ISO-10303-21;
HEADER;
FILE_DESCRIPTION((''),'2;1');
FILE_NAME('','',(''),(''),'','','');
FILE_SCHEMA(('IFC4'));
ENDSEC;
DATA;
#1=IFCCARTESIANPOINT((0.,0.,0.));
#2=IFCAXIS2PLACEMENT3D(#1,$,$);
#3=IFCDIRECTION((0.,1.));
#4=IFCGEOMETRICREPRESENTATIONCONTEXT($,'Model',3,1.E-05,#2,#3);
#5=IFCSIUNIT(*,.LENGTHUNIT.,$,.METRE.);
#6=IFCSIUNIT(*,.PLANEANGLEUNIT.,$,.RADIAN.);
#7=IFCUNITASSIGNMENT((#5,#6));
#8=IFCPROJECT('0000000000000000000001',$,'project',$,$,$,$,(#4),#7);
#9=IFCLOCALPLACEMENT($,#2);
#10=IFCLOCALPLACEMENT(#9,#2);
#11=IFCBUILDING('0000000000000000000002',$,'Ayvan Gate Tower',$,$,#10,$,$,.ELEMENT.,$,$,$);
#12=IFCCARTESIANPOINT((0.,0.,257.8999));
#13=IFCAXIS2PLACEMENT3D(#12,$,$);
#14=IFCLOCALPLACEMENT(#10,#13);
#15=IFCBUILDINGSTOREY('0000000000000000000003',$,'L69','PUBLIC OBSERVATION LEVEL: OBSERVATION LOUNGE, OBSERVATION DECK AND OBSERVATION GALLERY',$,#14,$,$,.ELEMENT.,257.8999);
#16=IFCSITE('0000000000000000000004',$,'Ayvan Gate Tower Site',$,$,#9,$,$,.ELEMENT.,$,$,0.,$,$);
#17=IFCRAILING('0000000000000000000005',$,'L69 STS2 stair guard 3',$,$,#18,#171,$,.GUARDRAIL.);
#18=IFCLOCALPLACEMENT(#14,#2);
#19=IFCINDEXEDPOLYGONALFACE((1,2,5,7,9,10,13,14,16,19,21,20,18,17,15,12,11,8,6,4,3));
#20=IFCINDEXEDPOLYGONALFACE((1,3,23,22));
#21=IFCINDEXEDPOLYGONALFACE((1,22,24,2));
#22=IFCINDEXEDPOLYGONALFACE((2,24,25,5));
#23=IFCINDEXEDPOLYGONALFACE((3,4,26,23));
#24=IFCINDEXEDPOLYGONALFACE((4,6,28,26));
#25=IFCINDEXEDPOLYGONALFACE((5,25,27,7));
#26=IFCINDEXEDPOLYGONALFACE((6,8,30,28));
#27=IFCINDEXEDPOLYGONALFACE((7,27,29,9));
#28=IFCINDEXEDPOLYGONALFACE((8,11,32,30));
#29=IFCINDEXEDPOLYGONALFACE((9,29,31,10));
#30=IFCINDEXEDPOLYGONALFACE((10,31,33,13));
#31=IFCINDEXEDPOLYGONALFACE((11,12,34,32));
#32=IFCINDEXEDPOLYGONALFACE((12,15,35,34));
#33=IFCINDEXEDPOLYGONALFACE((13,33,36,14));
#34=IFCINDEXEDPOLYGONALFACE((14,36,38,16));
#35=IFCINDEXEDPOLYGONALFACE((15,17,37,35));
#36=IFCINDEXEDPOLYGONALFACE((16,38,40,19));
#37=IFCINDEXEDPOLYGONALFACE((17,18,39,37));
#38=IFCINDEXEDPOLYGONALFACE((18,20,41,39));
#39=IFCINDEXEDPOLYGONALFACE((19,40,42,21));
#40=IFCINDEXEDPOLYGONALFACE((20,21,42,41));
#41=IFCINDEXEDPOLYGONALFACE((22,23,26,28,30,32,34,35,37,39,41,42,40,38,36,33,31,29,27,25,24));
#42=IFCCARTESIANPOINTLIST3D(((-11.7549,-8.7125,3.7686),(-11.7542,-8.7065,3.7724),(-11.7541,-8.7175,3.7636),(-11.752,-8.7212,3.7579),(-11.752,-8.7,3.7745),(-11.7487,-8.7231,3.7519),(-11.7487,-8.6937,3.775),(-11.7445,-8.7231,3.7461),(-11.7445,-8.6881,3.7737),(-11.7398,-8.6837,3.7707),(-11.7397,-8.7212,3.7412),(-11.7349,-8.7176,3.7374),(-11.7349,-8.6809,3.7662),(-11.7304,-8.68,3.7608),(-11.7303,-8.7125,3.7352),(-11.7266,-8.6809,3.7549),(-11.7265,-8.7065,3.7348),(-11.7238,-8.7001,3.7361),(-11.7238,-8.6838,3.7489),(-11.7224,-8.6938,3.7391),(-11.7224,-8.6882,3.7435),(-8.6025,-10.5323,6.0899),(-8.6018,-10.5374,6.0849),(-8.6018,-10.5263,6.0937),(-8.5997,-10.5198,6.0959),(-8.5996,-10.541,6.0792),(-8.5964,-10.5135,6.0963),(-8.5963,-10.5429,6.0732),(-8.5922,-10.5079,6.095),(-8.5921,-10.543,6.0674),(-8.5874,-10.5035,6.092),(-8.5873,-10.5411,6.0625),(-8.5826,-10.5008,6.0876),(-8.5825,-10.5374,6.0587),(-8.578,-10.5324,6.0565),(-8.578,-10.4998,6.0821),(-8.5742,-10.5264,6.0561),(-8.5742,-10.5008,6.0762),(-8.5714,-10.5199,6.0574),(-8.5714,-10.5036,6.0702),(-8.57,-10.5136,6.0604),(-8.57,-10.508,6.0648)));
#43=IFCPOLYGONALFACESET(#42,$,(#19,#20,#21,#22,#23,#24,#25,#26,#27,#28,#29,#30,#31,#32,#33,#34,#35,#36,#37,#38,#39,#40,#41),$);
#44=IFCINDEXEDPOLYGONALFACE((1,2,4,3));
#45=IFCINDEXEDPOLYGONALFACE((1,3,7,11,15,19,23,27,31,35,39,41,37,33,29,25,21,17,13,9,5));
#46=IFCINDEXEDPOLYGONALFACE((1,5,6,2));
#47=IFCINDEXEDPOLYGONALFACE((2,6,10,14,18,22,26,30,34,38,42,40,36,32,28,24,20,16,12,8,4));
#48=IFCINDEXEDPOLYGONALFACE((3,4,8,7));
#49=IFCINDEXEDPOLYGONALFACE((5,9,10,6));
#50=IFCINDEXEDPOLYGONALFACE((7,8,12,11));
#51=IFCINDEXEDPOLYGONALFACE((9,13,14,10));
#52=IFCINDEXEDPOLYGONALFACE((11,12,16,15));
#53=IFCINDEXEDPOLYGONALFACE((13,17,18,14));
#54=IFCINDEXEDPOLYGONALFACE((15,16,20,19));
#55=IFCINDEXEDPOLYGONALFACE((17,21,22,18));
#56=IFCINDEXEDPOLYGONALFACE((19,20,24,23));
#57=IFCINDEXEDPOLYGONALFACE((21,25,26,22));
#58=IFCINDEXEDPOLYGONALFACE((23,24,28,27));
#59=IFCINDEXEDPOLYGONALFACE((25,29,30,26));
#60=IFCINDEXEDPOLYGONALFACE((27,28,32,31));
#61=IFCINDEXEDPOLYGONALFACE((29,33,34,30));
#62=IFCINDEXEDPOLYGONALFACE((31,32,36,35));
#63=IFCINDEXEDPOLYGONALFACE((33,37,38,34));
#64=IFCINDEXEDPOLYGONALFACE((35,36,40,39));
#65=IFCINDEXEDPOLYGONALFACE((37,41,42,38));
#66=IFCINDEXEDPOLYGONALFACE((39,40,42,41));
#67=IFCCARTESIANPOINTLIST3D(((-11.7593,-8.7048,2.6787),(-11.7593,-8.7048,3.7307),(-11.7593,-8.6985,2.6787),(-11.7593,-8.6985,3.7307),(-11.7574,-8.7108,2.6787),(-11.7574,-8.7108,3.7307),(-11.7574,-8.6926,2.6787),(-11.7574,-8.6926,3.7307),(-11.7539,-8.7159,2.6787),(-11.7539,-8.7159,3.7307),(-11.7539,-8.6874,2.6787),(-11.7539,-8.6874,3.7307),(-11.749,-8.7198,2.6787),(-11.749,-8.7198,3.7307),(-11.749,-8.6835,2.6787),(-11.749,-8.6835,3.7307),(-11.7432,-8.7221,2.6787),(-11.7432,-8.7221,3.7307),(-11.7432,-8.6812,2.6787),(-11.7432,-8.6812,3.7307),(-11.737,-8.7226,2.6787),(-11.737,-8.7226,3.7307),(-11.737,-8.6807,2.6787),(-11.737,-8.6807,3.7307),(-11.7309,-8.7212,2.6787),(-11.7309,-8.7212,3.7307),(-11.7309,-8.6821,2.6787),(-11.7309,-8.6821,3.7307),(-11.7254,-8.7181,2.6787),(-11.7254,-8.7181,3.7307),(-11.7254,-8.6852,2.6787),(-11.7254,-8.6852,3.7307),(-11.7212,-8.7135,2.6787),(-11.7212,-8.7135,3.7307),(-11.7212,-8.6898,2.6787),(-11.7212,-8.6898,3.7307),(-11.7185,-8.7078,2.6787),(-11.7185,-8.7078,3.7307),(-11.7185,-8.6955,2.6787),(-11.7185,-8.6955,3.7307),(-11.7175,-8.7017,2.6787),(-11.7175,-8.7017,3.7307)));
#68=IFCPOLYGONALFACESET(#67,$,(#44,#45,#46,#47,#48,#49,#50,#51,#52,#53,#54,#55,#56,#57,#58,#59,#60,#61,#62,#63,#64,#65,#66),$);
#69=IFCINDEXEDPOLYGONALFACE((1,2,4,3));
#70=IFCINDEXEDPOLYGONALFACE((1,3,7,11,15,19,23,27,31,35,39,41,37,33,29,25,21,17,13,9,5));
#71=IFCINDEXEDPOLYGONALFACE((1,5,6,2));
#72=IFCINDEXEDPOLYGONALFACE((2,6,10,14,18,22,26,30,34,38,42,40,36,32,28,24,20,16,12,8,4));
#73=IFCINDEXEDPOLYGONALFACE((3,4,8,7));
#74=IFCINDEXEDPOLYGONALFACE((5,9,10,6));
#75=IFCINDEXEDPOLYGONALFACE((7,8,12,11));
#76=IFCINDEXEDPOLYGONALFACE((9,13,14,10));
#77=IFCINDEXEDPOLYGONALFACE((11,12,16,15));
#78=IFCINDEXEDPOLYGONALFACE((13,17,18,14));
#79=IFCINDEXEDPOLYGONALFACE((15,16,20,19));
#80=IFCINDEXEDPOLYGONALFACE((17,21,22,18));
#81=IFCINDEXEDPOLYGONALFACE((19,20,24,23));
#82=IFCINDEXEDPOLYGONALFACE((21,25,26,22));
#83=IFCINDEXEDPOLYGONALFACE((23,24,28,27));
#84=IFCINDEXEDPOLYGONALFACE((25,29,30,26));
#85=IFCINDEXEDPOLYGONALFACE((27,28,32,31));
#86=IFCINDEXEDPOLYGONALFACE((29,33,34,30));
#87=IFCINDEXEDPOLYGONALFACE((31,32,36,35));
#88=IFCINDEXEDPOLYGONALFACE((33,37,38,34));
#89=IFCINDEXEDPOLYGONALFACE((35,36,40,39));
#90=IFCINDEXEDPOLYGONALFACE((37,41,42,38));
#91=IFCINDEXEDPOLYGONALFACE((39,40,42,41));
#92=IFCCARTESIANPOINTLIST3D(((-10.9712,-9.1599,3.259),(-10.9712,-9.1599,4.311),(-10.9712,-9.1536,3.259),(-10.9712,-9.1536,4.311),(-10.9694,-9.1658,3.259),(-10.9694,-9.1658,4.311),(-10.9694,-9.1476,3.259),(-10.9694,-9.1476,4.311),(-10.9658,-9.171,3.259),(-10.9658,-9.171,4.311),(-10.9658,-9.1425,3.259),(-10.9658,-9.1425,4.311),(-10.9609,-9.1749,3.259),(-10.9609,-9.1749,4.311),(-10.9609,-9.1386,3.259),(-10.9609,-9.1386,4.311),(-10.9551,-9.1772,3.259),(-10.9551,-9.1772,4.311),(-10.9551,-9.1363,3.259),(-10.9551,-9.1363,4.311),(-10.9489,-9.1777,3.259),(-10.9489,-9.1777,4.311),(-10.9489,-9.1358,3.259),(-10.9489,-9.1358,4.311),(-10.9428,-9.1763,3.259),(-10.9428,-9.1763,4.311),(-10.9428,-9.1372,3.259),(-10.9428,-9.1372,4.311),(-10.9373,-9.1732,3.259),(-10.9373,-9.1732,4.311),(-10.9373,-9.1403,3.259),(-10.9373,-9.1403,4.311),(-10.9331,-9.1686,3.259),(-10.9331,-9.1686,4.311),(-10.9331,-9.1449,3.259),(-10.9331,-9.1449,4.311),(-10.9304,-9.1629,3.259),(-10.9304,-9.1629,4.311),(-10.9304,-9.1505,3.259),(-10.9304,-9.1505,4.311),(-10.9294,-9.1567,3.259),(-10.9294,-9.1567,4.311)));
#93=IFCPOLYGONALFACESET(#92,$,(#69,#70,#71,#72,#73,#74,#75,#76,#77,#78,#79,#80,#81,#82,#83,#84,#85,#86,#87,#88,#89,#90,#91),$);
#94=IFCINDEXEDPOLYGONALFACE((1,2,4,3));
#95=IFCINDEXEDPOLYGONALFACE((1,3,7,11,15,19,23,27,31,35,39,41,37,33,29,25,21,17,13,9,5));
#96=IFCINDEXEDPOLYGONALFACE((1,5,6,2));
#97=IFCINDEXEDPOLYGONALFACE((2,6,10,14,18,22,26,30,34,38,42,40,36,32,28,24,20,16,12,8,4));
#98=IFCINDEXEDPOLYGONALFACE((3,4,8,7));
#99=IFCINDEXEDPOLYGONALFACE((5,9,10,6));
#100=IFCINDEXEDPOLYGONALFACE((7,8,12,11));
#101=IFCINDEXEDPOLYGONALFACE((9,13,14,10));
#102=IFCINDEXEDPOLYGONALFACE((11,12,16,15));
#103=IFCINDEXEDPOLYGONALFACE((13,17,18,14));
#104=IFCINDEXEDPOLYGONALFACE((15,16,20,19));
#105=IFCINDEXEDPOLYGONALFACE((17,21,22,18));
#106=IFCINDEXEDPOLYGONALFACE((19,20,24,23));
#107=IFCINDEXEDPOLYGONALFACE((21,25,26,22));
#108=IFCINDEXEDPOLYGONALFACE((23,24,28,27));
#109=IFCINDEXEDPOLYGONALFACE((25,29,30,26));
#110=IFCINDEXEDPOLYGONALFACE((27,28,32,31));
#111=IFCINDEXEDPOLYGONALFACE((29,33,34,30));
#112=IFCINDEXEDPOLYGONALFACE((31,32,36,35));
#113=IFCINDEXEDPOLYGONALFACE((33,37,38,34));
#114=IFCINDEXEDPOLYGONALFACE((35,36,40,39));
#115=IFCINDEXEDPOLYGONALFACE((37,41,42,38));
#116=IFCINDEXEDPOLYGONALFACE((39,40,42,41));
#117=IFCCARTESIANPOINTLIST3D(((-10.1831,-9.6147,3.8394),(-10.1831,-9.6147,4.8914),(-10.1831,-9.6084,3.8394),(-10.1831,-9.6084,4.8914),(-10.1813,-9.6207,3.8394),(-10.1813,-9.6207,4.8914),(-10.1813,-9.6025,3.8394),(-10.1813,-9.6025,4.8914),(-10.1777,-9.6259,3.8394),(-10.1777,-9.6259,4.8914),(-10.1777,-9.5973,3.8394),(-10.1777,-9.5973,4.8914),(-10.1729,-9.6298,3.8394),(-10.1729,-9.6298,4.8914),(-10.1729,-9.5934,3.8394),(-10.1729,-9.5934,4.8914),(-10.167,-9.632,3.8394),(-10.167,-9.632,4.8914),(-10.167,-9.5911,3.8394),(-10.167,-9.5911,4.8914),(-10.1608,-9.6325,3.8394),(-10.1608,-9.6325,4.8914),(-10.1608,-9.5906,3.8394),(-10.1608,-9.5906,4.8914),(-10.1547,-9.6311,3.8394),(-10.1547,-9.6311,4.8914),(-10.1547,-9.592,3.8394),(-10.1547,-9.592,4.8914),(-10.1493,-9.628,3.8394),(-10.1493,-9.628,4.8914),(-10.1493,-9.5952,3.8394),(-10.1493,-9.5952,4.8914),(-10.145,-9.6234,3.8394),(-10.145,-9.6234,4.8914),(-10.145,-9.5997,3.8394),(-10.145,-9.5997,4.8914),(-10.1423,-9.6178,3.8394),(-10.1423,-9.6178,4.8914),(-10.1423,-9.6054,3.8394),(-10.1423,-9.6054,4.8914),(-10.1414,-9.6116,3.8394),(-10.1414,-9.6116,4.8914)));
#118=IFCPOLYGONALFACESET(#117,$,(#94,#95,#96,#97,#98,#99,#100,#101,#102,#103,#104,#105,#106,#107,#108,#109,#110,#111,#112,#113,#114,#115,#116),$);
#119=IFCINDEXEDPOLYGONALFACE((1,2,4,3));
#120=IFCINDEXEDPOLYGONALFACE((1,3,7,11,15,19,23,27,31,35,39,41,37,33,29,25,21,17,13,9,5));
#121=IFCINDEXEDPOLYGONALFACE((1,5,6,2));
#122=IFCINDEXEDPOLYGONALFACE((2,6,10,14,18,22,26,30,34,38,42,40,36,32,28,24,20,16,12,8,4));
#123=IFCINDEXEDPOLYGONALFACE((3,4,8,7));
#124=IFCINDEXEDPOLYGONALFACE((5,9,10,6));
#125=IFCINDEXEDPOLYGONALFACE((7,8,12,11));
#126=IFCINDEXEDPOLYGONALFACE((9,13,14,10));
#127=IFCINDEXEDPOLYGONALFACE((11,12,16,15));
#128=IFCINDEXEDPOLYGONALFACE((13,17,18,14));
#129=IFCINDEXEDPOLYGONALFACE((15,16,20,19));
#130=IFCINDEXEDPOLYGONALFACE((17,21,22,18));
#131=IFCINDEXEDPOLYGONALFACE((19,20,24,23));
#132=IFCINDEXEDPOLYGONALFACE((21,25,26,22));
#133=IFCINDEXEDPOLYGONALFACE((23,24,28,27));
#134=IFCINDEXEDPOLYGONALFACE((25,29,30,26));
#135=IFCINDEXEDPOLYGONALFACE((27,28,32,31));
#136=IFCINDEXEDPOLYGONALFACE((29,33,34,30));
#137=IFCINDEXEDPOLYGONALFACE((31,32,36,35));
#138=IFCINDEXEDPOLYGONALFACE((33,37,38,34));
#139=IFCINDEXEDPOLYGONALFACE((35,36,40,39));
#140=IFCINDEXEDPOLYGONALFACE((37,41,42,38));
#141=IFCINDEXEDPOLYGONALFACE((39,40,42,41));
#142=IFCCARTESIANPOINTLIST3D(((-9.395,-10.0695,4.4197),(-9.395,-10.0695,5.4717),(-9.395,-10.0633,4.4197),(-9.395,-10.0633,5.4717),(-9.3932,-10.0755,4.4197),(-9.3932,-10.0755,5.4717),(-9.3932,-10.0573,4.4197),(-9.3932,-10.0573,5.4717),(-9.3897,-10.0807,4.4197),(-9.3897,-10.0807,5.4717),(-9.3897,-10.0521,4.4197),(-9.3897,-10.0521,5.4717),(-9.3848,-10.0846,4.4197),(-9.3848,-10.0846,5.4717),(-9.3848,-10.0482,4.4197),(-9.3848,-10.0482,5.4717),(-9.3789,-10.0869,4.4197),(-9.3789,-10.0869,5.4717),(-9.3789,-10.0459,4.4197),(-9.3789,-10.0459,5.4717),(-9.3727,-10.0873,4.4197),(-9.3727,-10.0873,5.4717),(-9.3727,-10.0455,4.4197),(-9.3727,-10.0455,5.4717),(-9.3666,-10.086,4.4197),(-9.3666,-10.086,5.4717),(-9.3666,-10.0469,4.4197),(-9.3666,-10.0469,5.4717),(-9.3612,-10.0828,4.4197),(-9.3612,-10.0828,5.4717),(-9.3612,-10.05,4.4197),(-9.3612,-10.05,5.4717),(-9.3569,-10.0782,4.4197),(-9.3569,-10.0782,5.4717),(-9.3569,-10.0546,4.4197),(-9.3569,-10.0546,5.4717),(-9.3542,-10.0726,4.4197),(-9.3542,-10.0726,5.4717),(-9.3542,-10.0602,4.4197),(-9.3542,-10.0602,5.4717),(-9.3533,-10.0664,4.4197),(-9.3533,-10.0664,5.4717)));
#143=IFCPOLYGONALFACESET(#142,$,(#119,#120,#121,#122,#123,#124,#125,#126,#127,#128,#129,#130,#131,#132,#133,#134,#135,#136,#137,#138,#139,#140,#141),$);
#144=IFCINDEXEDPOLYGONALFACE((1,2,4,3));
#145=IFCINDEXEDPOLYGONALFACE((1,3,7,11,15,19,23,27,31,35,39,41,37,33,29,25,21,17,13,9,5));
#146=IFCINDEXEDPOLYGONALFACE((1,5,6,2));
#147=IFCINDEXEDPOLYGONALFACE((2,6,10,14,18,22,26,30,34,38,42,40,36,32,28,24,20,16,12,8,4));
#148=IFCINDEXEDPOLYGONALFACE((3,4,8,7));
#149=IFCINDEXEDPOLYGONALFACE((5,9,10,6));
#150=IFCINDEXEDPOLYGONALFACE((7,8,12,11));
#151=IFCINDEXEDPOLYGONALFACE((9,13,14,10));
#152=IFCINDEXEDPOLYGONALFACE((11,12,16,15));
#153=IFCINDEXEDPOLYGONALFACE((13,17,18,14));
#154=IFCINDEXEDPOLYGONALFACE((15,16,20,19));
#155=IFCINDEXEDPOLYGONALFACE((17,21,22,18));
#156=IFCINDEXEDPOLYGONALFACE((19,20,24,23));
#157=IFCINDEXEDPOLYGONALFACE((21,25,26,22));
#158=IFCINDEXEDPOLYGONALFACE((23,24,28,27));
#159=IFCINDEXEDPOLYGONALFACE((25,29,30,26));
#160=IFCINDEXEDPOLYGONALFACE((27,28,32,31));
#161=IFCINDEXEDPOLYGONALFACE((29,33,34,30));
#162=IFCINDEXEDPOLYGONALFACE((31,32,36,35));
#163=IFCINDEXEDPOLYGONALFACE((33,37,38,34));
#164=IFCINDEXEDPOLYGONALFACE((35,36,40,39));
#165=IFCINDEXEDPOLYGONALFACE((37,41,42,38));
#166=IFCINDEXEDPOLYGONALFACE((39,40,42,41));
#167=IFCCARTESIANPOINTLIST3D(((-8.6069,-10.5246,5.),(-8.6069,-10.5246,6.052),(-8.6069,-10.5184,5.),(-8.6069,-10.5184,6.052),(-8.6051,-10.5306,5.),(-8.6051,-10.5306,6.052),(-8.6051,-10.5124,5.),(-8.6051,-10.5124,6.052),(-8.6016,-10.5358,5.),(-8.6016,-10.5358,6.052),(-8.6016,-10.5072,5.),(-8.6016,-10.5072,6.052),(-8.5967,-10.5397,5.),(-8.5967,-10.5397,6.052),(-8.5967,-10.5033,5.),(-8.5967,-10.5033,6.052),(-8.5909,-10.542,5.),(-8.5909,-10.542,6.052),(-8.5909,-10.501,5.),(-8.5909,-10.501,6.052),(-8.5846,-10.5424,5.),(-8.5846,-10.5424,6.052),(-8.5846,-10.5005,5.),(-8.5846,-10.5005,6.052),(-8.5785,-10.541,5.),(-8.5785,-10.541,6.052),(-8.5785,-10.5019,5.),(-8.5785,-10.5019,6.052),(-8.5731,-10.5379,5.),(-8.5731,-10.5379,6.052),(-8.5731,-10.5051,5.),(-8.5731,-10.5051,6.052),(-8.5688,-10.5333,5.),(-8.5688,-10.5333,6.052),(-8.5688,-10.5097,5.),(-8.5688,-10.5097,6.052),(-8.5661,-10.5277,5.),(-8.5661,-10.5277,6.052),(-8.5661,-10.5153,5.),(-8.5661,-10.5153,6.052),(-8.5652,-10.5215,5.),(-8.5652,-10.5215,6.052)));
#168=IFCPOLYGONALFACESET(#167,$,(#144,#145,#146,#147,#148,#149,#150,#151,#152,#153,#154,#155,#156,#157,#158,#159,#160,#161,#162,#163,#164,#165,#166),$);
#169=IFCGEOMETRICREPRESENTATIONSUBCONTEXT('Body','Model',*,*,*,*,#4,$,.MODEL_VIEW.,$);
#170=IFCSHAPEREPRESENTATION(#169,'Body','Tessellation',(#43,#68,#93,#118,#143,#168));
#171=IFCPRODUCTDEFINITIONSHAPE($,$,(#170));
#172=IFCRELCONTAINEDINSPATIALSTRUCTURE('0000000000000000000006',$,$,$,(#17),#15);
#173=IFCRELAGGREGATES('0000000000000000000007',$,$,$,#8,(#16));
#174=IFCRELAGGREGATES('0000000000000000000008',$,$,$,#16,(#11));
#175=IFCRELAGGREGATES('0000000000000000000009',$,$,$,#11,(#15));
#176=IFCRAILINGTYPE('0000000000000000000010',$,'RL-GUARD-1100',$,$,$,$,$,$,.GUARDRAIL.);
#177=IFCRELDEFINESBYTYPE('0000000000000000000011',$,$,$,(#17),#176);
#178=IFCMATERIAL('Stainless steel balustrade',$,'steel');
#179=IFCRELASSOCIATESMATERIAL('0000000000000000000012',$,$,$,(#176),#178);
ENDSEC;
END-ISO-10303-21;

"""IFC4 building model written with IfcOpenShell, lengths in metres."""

from ifc_helpers import new_model, si_unit, direction, frame, origin, origin_2d, place, context, subcontext, project, spatial, circle, extrude, material, type_object, element, save


model = new_model("IFC4")

# Units and contexts
model_context = context("Model", 3, precision=1e-05, world=origin(), true_north=direction((0.0, 1.0)))
body_context = subcontext(model_context, "Body", "Model", "MODEL_VIEW")
ifc_project = project(units=[si_unit("LENGTHUNIT", "METRE"), si_unit("PLANEANGLEUNIT", "RADIAN")], contexts=[model_context])

# Site, building, storey
site_placement = place(None, origin())
site = spatial("IfcSite", under=ifc_project, at=site_placement, Name="Ayvan Gate Tower Site", CompositionType="ELEMENT", RefElevation=0.0)
building_placement = place(site_placement, origin())
building = spatial("IfcBuilding", under=site, at=building_placement, Name="Ayvan Gate Tower", CompositionType="ELEMENT")
storey_placement = place(building_placement, frame((0.0, 0.0, 257.8999)))
storey = spatial("IfcBuildingStorey", under=building, at=storey_placement, Name="L69", Description="PUBLIC OBSERVATION LEVEL: OBSERVATION LOUNGE, OBSERVATION DECK AND OBSERVATION GALLERY", CompositionType="ELEMENT", Elevation=257.8999)

# Railing
ifc_material_1 = material(Name="Stainless steel balustrade", Category="steel")
railing_type_1 = type_object("IfcRailingType", Name="RL-GUARD-1100", PredefinedType="GUARDRAIL", material=ifc_material_1)
railing_placement = place(storey_placement, frame((-11.7385, -8.7017, 2.6787)))
element("IfcRailing", 1, at=railing_placement, inside=storey, type_object=railing_type_1, Name="L69 STS2 stair guard 3", PredefinedType="GUARDRAIL", context=body_context, shape_type="SweptSolid", body=[
    extrude(circle(Radius=0.0239, at=origin_2d()), frame((0.0, 0.0, 1.0762), z_axis=(0.730198, -0.421538, 0.537695), x_axis=(0.499962, 0.866047, 0.0)), (0.0, 0.0, 1.0), 4.3171),
    extrude(circle(Radius=0.021, at=origin_2d()), origin(), (0.0, 0.0, 1.0), 1.052),
    extrude(circle(Radius=0.021, at=origin_2d()), frame((0.7881, -0.4551, 0.5803)), (0.0, 0.0, 1.0), 1.052),
    extrude(circle(Radius=0.021, at=origin_2d()), frame((1.5762, -0.9099, 1.1606)), (0.0, 0.0, 1.0), 1.052),
    extrude(circle(Radius=0.021, at=origin_2d()), frame((2.3643, -1.3647, 1.741)), (0.0, 0.0, 1.0), 1.052),
    extrude(circle(Radius=0.021, at=origin_2d()), frame((3.1523, -1.8198, 2.3213)), (0.0, 0.0, 1.0), 1.052),
])

save(model, "model.ifc")
